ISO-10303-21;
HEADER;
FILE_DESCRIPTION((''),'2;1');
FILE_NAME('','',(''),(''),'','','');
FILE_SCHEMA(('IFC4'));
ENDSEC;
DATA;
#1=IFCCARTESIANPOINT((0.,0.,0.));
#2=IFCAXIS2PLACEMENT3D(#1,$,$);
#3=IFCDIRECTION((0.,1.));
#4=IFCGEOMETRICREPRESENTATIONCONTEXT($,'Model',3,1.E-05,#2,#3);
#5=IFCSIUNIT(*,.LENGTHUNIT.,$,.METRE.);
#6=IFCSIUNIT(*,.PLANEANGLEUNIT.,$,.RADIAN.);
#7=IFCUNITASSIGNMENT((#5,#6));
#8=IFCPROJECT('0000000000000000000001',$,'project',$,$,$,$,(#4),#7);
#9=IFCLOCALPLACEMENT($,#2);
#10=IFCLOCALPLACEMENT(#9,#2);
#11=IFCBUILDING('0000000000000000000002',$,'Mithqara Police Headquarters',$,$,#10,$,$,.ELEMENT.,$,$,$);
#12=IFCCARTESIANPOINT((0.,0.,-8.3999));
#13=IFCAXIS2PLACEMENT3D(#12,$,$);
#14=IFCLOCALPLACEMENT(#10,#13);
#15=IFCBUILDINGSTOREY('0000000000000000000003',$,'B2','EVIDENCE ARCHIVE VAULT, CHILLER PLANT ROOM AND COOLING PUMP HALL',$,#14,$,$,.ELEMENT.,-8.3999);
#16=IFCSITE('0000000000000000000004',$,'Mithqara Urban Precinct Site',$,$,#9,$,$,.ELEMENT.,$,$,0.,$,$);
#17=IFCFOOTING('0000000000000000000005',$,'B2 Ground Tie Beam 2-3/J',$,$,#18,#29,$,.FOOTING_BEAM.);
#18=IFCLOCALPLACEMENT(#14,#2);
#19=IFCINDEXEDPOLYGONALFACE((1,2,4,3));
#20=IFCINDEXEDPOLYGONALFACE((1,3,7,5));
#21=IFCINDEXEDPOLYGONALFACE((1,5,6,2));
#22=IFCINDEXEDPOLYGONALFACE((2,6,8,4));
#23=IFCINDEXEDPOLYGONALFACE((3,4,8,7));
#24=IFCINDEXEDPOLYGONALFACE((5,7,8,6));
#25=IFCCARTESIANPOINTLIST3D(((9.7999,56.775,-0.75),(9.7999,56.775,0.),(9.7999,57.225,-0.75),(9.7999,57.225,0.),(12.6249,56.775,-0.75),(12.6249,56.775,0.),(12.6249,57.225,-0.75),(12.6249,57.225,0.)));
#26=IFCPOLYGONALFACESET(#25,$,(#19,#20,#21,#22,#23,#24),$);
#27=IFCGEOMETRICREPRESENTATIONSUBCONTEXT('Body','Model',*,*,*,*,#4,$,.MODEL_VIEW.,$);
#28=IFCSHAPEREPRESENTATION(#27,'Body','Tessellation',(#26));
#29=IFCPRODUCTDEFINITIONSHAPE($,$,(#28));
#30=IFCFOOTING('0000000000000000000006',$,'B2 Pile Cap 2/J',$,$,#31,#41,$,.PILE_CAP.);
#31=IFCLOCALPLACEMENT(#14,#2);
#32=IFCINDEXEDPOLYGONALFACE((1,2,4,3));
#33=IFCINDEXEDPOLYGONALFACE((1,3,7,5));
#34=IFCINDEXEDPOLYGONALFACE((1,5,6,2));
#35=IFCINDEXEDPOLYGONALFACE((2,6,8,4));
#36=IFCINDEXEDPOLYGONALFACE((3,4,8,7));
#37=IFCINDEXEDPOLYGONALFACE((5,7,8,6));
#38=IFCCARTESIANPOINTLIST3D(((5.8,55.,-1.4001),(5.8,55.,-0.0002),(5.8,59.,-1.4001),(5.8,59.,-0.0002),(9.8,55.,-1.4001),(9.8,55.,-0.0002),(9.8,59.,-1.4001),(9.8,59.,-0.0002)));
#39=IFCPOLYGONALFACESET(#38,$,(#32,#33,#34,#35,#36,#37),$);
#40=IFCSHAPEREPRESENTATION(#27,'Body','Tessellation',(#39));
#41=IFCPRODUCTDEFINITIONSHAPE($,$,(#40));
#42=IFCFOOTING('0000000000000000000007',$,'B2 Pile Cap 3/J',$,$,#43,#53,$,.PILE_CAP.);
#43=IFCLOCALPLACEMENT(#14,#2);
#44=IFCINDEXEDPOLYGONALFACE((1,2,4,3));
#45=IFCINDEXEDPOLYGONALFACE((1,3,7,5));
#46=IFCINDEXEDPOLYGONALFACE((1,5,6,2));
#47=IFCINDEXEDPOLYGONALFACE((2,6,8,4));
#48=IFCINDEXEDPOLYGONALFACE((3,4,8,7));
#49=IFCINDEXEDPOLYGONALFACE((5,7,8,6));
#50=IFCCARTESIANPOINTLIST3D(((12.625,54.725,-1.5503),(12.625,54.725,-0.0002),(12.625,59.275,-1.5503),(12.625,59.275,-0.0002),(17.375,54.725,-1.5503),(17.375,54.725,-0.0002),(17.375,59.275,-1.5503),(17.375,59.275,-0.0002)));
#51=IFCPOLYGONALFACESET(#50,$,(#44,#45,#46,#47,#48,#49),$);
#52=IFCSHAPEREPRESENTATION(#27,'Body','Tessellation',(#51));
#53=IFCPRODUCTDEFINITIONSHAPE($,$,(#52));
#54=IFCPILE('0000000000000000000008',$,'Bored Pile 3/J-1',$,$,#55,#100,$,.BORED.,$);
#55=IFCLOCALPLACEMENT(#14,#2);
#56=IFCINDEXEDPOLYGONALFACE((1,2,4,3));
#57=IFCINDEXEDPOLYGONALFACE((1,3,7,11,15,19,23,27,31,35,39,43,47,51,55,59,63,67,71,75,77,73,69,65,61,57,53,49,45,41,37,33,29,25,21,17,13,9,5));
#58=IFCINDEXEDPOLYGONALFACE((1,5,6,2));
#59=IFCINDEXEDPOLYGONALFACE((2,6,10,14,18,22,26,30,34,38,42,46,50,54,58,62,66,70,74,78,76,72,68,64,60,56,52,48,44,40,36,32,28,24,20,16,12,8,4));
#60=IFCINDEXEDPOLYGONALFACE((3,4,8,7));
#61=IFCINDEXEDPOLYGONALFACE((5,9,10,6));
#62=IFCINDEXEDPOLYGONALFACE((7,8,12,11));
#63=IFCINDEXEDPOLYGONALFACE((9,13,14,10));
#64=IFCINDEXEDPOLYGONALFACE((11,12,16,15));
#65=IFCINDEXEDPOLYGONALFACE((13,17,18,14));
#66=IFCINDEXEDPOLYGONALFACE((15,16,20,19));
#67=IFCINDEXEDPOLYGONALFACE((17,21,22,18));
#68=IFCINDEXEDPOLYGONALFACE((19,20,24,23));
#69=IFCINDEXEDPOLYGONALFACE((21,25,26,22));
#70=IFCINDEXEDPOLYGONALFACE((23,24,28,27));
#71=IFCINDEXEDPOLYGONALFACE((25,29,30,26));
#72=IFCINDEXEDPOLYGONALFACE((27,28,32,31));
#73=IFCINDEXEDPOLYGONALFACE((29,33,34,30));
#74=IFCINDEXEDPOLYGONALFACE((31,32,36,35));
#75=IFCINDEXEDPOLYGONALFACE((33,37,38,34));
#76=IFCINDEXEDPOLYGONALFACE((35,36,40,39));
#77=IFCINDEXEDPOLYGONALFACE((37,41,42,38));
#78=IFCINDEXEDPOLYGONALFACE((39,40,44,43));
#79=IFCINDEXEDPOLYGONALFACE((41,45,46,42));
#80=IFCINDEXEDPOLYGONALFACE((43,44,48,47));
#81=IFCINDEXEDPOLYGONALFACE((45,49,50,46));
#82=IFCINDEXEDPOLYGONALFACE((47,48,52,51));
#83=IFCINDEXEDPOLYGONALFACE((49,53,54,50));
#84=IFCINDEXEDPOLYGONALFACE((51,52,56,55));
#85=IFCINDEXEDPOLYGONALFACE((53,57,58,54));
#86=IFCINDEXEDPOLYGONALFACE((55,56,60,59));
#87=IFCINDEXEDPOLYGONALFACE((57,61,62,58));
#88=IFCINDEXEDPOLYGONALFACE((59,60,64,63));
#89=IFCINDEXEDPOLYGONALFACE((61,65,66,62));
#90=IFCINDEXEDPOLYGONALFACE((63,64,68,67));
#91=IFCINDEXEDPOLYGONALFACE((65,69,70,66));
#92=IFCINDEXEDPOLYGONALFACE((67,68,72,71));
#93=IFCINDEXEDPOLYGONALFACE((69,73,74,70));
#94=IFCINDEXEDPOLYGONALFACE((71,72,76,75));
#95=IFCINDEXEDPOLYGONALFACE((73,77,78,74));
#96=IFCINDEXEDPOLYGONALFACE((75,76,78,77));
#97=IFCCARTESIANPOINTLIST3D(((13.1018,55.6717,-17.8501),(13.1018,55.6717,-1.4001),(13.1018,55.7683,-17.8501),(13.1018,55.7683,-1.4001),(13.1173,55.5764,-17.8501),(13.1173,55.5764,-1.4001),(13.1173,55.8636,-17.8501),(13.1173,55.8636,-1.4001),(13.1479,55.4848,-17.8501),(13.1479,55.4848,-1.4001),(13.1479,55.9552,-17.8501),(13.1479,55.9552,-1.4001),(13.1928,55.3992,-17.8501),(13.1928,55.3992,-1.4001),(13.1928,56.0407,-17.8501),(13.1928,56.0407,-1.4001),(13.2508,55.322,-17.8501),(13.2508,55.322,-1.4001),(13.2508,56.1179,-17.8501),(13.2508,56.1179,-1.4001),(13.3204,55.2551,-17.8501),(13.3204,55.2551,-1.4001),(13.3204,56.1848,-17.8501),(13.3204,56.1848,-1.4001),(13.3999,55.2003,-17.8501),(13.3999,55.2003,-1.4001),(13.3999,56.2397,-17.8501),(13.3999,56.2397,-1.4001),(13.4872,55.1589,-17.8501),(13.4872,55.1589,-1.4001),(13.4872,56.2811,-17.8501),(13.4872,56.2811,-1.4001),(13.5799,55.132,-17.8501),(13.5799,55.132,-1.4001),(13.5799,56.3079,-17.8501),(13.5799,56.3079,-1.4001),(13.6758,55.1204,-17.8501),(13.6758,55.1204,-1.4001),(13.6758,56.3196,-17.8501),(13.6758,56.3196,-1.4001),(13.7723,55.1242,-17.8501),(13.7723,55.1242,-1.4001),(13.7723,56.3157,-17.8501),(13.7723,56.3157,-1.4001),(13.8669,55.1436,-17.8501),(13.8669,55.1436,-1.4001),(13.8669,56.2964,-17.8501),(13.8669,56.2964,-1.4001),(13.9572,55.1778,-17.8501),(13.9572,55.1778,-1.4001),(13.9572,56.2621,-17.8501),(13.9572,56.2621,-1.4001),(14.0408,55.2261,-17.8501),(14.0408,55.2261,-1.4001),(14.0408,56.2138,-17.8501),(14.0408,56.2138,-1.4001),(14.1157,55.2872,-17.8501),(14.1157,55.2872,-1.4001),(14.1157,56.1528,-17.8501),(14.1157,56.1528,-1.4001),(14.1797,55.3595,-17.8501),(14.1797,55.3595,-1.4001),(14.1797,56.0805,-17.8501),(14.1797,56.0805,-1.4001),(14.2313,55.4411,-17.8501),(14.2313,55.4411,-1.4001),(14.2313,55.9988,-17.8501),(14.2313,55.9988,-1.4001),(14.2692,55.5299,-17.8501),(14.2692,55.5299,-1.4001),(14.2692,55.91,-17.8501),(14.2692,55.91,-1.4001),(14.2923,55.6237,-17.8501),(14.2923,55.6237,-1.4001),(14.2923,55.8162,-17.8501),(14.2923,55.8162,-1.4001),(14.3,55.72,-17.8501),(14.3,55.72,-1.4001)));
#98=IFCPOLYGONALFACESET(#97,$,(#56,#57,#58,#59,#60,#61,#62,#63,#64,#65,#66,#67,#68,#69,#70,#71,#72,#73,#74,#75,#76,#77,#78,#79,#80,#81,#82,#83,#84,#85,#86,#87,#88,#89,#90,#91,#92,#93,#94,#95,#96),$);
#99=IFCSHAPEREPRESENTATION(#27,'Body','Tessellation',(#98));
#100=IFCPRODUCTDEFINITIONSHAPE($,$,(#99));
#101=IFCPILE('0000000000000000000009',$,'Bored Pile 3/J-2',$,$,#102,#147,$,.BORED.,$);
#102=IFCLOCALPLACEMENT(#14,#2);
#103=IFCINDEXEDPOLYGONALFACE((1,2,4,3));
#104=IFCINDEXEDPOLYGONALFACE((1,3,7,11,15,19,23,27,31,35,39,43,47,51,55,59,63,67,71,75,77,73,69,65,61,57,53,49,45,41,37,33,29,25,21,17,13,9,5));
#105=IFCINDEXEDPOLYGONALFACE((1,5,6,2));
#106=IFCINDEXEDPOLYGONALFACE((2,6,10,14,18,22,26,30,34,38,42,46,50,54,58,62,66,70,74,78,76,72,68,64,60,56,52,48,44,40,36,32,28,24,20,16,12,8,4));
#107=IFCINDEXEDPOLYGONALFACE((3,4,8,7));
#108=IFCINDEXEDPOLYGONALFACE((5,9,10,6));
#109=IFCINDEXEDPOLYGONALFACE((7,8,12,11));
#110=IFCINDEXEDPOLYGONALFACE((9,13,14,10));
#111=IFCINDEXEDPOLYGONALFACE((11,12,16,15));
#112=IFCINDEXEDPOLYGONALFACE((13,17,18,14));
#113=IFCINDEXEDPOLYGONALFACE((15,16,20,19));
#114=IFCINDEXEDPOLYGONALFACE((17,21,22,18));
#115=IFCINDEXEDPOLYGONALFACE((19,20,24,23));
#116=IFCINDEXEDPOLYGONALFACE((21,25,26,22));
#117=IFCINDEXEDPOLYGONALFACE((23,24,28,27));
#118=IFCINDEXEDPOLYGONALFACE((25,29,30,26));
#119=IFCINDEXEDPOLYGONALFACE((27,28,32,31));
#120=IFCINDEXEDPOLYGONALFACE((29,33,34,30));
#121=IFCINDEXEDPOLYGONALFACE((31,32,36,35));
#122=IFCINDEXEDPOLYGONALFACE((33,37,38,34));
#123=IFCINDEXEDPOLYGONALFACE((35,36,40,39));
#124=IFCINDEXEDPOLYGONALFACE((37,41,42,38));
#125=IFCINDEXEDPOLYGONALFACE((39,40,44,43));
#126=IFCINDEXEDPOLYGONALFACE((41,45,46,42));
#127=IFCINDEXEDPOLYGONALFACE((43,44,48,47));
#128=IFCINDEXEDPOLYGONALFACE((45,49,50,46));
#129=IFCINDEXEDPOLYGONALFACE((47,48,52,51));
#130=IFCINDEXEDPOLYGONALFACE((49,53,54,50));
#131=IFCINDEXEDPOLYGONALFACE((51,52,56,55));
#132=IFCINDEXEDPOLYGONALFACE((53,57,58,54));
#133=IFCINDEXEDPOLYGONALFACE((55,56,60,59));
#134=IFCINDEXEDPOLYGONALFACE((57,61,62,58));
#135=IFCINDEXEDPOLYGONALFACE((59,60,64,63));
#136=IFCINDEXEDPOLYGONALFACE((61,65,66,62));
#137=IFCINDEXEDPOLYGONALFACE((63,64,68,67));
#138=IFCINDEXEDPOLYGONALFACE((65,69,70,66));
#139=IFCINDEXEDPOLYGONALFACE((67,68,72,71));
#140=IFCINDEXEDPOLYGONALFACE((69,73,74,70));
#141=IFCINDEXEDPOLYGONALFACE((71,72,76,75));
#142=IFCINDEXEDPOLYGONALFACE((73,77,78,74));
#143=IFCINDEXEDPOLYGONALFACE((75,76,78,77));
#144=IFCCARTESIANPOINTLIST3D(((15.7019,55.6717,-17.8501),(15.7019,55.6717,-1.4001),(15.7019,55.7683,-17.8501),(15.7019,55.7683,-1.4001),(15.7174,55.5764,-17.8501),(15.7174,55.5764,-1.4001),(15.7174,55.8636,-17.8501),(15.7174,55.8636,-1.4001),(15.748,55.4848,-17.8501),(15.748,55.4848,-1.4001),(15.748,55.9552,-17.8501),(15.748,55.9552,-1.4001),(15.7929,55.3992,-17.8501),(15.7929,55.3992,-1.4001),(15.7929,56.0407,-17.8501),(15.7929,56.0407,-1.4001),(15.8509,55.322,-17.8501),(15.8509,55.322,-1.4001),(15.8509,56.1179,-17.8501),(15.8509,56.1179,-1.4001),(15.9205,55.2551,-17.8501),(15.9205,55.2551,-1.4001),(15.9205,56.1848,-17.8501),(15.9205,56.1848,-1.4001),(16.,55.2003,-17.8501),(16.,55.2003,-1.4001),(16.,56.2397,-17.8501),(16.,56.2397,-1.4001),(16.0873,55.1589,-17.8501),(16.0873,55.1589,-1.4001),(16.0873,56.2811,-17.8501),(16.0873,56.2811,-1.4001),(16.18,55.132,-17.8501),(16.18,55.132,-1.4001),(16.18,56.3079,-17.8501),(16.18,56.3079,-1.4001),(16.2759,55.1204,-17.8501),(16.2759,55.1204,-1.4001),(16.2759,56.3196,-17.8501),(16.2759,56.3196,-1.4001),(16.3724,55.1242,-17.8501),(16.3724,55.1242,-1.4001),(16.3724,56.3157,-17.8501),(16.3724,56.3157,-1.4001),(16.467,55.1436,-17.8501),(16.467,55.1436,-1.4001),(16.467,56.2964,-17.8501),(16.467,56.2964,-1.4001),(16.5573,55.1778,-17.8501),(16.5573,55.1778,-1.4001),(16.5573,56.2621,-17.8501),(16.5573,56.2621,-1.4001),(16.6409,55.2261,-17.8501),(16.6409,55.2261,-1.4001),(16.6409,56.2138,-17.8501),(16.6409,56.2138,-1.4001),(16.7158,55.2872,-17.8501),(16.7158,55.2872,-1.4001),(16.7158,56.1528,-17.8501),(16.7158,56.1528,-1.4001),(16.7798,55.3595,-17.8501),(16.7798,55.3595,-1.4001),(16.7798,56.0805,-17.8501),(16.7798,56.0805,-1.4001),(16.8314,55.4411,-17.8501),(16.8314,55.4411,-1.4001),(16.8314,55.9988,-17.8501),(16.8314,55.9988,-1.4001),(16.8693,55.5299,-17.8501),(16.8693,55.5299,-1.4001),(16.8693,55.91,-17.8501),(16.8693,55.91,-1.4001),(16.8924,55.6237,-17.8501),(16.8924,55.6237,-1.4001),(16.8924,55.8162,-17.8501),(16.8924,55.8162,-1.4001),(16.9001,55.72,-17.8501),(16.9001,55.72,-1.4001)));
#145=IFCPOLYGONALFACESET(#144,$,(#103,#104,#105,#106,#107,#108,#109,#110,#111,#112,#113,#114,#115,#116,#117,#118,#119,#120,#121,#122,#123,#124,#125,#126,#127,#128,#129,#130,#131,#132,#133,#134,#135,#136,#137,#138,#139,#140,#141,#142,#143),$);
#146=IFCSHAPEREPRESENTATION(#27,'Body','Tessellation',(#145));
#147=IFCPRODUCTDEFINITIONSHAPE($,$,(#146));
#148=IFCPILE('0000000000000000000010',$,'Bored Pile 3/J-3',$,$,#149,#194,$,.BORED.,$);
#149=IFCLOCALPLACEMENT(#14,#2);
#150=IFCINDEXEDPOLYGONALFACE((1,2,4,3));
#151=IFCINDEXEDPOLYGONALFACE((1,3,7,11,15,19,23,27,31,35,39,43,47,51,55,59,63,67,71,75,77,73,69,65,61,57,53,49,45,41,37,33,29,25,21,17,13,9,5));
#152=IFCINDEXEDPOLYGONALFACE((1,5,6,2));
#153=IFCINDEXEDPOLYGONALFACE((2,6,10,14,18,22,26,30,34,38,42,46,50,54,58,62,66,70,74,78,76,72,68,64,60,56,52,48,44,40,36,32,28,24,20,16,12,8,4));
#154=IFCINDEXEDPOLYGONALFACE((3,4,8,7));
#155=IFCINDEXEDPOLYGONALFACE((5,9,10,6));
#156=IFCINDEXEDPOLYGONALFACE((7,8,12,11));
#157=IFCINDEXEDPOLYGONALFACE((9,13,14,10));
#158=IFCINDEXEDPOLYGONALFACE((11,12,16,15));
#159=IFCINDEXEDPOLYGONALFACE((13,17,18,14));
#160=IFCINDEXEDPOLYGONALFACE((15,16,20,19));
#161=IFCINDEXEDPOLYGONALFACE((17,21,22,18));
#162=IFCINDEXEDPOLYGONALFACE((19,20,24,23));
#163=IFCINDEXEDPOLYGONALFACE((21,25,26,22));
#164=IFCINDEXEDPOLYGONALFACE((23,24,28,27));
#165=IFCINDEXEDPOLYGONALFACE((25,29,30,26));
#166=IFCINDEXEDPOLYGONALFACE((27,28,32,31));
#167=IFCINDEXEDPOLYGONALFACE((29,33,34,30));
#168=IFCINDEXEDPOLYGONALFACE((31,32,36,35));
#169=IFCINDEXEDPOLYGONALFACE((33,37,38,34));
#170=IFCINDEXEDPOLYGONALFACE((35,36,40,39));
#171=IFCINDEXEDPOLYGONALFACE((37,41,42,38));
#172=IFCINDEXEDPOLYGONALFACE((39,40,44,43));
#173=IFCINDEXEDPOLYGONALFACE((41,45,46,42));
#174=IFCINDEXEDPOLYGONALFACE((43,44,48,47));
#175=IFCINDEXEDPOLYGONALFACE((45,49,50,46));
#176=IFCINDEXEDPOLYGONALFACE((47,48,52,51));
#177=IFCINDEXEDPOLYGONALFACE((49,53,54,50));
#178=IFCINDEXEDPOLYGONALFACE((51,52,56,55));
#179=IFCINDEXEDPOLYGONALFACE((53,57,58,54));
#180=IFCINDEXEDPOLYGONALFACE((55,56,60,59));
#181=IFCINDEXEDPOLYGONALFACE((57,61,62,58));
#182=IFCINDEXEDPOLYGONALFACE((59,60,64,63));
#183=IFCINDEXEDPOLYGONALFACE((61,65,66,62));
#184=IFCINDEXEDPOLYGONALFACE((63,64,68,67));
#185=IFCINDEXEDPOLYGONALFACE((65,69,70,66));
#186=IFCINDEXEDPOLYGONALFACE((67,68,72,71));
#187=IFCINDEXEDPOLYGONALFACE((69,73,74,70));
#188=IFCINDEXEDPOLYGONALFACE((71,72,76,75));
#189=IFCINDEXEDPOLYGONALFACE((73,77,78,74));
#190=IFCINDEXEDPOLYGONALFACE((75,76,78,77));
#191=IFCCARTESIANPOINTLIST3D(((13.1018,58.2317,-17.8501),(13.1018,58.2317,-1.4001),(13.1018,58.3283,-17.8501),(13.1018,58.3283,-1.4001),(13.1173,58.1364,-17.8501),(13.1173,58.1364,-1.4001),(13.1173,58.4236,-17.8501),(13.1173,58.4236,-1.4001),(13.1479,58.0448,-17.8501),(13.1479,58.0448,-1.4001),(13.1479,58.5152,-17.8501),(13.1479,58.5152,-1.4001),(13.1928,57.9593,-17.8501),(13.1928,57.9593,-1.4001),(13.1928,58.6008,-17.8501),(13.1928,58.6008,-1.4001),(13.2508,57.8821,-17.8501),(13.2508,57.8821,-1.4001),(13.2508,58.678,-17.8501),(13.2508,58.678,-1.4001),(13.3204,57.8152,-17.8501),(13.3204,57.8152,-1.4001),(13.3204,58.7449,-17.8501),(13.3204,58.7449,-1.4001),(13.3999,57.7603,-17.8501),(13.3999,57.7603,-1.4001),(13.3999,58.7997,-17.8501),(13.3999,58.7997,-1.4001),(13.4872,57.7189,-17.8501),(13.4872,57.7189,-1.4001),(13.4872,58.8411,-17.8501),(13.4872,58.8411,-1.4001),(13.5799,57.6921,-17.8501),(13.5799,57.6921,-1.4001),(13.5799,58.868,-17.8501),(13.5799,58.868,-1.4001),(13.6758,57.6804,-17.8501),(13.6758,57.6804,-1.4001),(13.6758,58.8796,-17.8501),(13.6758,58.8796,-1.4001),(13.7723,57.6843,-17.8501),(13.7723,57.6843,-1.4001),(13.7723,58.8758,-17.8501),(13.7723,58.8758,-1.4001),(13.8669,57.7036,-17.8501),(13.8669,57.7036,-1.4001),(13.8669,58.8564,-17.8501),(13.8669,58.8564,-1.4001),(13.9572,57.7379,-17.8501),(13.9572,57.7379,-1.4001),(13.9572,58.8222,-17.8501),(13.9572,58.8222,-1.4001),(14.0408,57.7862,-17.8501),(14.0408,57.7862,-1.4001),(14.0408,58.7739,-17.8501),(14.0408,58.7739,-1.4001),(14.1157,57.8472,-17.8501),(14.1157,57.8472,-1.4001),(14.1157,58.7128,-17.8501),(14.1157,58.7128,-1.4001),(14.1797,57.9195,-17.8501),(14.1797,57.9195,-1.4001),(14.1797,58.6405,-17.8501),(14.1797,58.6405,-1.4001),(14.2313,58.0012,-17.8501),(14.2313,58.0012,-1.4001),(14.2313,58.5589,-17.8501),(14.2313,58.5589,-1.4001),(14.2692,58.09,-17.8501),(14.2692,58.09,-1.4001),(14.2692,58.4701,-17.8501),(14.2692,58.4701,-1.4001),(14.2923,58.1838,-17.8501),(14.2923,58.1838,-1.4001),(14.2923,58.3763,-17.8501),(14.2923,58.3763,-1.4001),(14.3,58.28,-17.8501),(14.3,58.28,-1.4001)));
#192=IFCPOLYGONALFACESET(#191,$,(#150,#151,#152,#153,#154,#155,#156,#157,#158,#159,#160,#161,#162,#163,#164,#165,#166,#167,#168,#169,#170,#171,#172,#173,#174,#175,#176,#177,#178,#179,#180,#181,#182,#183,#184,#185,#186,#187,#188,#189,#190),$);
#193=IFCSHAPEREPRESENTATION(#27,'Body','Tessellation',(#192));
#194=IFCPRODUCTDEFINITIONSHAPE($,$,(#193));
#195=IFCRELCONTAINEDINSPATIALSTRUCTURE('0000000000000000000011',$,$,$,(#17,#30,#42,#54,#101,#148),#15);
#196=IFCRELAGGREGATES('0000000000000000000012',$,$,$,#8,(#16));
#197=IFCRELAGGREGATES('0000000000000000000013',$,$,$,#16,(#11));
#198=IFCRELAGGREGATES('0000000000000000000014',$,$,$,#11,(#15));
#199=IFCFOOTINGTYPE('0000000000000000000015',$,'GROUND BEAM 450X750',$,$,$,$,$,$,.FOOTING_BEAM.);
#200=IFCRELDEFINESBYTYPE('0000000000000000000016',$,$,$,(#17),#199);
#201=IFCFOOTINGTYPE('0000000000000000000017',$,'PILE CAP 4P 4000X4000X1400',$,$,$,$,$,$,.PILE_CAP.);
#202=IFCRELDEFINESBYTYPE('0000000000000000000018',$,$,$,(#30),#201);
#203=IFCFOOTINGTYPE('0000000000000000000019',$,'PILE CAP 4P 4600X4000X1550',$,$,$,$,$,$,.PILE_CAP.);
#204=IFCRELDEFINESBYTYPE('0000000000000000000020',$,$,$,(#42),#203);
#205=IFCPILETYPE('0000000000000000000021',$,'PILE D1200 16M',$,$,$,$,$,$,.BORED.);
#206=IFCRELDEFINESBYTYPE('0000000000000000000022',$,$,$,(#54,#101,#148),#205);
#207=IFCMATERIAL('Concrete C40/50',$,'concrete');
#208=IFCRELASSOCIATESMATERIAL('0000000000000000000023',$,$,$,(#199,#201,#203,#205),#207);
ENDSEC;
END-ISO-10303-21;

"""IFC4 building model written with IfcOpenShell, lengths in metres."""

from ifc_helpers import new_model, si_unit, direction, frame, origin, origin_2d, place, context, subcontext, project, spatial, rectangle, circle, extrude, material, material_profile, profile_set, type_object, element, save


model = new_model("IFC4")

# Units and contexts
model_context = context("Model", 3, precision=1e-05, world=origin(), true_north=direction((0.0, 1.0)))
body_context = subcontext(model_context, "Body", "Model", "MODEL_VIEW")
ifc_project = project(units=[si_unit("LENGTHUNIT", "METRE"), si_unit("PLANEANGLEUNIT", "RADIAN")], contexts=[model_context])

# Site, building, storey
site_placement = place(None, origin())
site = spatial("IfcSite", under=ifc_project, at=site_placement, Name="Mithqara Urban Precinct Site", CompositionType="ELEMENT", RefElevation=0.0)
building_placement = place(site_placement, origin())
building = spatial("IfcBuilding", under=site, at=building_placement, Name="Mithqara Police Headquarters", CompositionType="ELEMENT")
storey_placement = place(building_placement, frame((0.0, 0.0, -8.3999)))
storey = spatial("IfcBuildingStorey", under=building, at=storey_placement, Name="B2", Description="EVIDENCE ARCHIVE VAULT, CHILLER PLANT ROOM AND COOLING PUMP HALL", CompositionType="ELEMENT", Elevation=-8.3999)

# Footings
ifc_material_1 = material(Name="Concrete C40/50", Category="concrete")
footing_type_1 = type_object("IfcFootingType", Name="GROUND BEAM 450X750", PredefinedType="FOOTING_BEAM", material=ifc_material_1)
footing_1_placement = place(storey_placement, frame((11.2124, 57.0, -0.75), z_axis=(0.0, 0.0, 1.0), x_axis=(1.0, 0.0, 0.0)))
element("IfcFooting", 1, at=footing_1_placement, inside=storey, type_object=footing_type_1, Name="B2 Ground Tie Beam 2-3/J", PredefinedType="FOOTING_BEAM", context=body_context, shape_type="SweptSolid", body=[
    extrude(rectangle(XDim=2.825, YDim=0.45, at=origin_2d()), origin(), (0.0, 0.0, 1.0), 0.75),
])
footing_type_2 = type_object("IfcFootingType", Name="PILE CAP 4P 4000X4000X1400", PredefinedType="PILE_CAP", material=ifc_material_1)
footing_2_placement = place(storey_placement, frame((7.8, 57.0, -1.4001), z_axis=(0.0, 0.0, 1.0), x_axis=(1.0, 0.0, 0.0)))
element("IfcFooting", 2, at=footing_2_placement, inside=storey, type_object=footing_type_2, Name="B2 Pile Cap 2/J", PredefinedType="PILE_CAP", context=body_context, shape_type="SweptSolid", body=[
    extrude(rectangle(XDim=4.0, YDim=4.0, at=origin_2d()), origin(), (0.0, 0.0, 1.0), 1.3999),
])
footing_type_3 = type_object("IfcFootingType", Name="PILE CAP 4P 4600X4000X1550", PredefinedType="PILE_CAP", material=ifc_material_1)
footing_3_placement = place(storey_placement, frame((15.0, 57.0, -1.5503), z_axis=(0.0, 0.0, 1.0), x_axis=(1.0, 0.0, 0.0)))
element("IfcFooting", 3, at=footing_3_placement, inside=storey, type_object=footing_type_3, Name="B2 Pile Cap 3/J", PredefinedType="PILE_CAP", context=body_context, shape_type="SweptSolid", body=[
    extrude(rectangle(XDim=4.75, YDim=4.55, at=origin_2d()), origin(), (0.0, 0.0, 1.0), 1.55),
])

# Piles
ifc_material_profile_1 = material_profile(ifc_material_1, circle(Radius=0.6001, at=origin_2d()), Name="PILE D1200")
ifc_profile_set_1 = profile_set([ifc_material_profile_1], Name="Concrete C40/50")
pile_type_1 = type_object("IfcPileType", Name="PILE D1200 16M", PredefinedType="BORED", material=ifc_profile_set_1)
for number, where, z_axis, x_axis, name in (
    (4, (13.7, 55.72, -1.4001), (0.0, 0.0, -1.0), (1.0, 0.0, 0.0), "Bored Pile 3/J-1"),
    (5, (16.3, 55.72, -1.4001), (0.0, 0.0, -1.0), (1.0, 0.0, 0.0), "Bored Pile 3/J-2"),
    (6, (13.7, 58.28, -1.4001), (0.0, 0.0, -1.0), (1.0, 0.0, 0.0), "Bored Pile 3/J-3"),
):
    element("IfcPile", number, at=place(storey_placement, frame(where, z_axis=z_axis, x_axis=x_axis)), inside=storey, type_object=pile_type_1, Name=name, PredefinedType="BORED", context=body_context, shape_type="SweptSolid", body=[
        extrude(circle(Radius=0.6001, at=origin_2d()), origin(), (0.0, 0.0, 1.0), 16.45),
    ])

save(model, "model.ifc")
